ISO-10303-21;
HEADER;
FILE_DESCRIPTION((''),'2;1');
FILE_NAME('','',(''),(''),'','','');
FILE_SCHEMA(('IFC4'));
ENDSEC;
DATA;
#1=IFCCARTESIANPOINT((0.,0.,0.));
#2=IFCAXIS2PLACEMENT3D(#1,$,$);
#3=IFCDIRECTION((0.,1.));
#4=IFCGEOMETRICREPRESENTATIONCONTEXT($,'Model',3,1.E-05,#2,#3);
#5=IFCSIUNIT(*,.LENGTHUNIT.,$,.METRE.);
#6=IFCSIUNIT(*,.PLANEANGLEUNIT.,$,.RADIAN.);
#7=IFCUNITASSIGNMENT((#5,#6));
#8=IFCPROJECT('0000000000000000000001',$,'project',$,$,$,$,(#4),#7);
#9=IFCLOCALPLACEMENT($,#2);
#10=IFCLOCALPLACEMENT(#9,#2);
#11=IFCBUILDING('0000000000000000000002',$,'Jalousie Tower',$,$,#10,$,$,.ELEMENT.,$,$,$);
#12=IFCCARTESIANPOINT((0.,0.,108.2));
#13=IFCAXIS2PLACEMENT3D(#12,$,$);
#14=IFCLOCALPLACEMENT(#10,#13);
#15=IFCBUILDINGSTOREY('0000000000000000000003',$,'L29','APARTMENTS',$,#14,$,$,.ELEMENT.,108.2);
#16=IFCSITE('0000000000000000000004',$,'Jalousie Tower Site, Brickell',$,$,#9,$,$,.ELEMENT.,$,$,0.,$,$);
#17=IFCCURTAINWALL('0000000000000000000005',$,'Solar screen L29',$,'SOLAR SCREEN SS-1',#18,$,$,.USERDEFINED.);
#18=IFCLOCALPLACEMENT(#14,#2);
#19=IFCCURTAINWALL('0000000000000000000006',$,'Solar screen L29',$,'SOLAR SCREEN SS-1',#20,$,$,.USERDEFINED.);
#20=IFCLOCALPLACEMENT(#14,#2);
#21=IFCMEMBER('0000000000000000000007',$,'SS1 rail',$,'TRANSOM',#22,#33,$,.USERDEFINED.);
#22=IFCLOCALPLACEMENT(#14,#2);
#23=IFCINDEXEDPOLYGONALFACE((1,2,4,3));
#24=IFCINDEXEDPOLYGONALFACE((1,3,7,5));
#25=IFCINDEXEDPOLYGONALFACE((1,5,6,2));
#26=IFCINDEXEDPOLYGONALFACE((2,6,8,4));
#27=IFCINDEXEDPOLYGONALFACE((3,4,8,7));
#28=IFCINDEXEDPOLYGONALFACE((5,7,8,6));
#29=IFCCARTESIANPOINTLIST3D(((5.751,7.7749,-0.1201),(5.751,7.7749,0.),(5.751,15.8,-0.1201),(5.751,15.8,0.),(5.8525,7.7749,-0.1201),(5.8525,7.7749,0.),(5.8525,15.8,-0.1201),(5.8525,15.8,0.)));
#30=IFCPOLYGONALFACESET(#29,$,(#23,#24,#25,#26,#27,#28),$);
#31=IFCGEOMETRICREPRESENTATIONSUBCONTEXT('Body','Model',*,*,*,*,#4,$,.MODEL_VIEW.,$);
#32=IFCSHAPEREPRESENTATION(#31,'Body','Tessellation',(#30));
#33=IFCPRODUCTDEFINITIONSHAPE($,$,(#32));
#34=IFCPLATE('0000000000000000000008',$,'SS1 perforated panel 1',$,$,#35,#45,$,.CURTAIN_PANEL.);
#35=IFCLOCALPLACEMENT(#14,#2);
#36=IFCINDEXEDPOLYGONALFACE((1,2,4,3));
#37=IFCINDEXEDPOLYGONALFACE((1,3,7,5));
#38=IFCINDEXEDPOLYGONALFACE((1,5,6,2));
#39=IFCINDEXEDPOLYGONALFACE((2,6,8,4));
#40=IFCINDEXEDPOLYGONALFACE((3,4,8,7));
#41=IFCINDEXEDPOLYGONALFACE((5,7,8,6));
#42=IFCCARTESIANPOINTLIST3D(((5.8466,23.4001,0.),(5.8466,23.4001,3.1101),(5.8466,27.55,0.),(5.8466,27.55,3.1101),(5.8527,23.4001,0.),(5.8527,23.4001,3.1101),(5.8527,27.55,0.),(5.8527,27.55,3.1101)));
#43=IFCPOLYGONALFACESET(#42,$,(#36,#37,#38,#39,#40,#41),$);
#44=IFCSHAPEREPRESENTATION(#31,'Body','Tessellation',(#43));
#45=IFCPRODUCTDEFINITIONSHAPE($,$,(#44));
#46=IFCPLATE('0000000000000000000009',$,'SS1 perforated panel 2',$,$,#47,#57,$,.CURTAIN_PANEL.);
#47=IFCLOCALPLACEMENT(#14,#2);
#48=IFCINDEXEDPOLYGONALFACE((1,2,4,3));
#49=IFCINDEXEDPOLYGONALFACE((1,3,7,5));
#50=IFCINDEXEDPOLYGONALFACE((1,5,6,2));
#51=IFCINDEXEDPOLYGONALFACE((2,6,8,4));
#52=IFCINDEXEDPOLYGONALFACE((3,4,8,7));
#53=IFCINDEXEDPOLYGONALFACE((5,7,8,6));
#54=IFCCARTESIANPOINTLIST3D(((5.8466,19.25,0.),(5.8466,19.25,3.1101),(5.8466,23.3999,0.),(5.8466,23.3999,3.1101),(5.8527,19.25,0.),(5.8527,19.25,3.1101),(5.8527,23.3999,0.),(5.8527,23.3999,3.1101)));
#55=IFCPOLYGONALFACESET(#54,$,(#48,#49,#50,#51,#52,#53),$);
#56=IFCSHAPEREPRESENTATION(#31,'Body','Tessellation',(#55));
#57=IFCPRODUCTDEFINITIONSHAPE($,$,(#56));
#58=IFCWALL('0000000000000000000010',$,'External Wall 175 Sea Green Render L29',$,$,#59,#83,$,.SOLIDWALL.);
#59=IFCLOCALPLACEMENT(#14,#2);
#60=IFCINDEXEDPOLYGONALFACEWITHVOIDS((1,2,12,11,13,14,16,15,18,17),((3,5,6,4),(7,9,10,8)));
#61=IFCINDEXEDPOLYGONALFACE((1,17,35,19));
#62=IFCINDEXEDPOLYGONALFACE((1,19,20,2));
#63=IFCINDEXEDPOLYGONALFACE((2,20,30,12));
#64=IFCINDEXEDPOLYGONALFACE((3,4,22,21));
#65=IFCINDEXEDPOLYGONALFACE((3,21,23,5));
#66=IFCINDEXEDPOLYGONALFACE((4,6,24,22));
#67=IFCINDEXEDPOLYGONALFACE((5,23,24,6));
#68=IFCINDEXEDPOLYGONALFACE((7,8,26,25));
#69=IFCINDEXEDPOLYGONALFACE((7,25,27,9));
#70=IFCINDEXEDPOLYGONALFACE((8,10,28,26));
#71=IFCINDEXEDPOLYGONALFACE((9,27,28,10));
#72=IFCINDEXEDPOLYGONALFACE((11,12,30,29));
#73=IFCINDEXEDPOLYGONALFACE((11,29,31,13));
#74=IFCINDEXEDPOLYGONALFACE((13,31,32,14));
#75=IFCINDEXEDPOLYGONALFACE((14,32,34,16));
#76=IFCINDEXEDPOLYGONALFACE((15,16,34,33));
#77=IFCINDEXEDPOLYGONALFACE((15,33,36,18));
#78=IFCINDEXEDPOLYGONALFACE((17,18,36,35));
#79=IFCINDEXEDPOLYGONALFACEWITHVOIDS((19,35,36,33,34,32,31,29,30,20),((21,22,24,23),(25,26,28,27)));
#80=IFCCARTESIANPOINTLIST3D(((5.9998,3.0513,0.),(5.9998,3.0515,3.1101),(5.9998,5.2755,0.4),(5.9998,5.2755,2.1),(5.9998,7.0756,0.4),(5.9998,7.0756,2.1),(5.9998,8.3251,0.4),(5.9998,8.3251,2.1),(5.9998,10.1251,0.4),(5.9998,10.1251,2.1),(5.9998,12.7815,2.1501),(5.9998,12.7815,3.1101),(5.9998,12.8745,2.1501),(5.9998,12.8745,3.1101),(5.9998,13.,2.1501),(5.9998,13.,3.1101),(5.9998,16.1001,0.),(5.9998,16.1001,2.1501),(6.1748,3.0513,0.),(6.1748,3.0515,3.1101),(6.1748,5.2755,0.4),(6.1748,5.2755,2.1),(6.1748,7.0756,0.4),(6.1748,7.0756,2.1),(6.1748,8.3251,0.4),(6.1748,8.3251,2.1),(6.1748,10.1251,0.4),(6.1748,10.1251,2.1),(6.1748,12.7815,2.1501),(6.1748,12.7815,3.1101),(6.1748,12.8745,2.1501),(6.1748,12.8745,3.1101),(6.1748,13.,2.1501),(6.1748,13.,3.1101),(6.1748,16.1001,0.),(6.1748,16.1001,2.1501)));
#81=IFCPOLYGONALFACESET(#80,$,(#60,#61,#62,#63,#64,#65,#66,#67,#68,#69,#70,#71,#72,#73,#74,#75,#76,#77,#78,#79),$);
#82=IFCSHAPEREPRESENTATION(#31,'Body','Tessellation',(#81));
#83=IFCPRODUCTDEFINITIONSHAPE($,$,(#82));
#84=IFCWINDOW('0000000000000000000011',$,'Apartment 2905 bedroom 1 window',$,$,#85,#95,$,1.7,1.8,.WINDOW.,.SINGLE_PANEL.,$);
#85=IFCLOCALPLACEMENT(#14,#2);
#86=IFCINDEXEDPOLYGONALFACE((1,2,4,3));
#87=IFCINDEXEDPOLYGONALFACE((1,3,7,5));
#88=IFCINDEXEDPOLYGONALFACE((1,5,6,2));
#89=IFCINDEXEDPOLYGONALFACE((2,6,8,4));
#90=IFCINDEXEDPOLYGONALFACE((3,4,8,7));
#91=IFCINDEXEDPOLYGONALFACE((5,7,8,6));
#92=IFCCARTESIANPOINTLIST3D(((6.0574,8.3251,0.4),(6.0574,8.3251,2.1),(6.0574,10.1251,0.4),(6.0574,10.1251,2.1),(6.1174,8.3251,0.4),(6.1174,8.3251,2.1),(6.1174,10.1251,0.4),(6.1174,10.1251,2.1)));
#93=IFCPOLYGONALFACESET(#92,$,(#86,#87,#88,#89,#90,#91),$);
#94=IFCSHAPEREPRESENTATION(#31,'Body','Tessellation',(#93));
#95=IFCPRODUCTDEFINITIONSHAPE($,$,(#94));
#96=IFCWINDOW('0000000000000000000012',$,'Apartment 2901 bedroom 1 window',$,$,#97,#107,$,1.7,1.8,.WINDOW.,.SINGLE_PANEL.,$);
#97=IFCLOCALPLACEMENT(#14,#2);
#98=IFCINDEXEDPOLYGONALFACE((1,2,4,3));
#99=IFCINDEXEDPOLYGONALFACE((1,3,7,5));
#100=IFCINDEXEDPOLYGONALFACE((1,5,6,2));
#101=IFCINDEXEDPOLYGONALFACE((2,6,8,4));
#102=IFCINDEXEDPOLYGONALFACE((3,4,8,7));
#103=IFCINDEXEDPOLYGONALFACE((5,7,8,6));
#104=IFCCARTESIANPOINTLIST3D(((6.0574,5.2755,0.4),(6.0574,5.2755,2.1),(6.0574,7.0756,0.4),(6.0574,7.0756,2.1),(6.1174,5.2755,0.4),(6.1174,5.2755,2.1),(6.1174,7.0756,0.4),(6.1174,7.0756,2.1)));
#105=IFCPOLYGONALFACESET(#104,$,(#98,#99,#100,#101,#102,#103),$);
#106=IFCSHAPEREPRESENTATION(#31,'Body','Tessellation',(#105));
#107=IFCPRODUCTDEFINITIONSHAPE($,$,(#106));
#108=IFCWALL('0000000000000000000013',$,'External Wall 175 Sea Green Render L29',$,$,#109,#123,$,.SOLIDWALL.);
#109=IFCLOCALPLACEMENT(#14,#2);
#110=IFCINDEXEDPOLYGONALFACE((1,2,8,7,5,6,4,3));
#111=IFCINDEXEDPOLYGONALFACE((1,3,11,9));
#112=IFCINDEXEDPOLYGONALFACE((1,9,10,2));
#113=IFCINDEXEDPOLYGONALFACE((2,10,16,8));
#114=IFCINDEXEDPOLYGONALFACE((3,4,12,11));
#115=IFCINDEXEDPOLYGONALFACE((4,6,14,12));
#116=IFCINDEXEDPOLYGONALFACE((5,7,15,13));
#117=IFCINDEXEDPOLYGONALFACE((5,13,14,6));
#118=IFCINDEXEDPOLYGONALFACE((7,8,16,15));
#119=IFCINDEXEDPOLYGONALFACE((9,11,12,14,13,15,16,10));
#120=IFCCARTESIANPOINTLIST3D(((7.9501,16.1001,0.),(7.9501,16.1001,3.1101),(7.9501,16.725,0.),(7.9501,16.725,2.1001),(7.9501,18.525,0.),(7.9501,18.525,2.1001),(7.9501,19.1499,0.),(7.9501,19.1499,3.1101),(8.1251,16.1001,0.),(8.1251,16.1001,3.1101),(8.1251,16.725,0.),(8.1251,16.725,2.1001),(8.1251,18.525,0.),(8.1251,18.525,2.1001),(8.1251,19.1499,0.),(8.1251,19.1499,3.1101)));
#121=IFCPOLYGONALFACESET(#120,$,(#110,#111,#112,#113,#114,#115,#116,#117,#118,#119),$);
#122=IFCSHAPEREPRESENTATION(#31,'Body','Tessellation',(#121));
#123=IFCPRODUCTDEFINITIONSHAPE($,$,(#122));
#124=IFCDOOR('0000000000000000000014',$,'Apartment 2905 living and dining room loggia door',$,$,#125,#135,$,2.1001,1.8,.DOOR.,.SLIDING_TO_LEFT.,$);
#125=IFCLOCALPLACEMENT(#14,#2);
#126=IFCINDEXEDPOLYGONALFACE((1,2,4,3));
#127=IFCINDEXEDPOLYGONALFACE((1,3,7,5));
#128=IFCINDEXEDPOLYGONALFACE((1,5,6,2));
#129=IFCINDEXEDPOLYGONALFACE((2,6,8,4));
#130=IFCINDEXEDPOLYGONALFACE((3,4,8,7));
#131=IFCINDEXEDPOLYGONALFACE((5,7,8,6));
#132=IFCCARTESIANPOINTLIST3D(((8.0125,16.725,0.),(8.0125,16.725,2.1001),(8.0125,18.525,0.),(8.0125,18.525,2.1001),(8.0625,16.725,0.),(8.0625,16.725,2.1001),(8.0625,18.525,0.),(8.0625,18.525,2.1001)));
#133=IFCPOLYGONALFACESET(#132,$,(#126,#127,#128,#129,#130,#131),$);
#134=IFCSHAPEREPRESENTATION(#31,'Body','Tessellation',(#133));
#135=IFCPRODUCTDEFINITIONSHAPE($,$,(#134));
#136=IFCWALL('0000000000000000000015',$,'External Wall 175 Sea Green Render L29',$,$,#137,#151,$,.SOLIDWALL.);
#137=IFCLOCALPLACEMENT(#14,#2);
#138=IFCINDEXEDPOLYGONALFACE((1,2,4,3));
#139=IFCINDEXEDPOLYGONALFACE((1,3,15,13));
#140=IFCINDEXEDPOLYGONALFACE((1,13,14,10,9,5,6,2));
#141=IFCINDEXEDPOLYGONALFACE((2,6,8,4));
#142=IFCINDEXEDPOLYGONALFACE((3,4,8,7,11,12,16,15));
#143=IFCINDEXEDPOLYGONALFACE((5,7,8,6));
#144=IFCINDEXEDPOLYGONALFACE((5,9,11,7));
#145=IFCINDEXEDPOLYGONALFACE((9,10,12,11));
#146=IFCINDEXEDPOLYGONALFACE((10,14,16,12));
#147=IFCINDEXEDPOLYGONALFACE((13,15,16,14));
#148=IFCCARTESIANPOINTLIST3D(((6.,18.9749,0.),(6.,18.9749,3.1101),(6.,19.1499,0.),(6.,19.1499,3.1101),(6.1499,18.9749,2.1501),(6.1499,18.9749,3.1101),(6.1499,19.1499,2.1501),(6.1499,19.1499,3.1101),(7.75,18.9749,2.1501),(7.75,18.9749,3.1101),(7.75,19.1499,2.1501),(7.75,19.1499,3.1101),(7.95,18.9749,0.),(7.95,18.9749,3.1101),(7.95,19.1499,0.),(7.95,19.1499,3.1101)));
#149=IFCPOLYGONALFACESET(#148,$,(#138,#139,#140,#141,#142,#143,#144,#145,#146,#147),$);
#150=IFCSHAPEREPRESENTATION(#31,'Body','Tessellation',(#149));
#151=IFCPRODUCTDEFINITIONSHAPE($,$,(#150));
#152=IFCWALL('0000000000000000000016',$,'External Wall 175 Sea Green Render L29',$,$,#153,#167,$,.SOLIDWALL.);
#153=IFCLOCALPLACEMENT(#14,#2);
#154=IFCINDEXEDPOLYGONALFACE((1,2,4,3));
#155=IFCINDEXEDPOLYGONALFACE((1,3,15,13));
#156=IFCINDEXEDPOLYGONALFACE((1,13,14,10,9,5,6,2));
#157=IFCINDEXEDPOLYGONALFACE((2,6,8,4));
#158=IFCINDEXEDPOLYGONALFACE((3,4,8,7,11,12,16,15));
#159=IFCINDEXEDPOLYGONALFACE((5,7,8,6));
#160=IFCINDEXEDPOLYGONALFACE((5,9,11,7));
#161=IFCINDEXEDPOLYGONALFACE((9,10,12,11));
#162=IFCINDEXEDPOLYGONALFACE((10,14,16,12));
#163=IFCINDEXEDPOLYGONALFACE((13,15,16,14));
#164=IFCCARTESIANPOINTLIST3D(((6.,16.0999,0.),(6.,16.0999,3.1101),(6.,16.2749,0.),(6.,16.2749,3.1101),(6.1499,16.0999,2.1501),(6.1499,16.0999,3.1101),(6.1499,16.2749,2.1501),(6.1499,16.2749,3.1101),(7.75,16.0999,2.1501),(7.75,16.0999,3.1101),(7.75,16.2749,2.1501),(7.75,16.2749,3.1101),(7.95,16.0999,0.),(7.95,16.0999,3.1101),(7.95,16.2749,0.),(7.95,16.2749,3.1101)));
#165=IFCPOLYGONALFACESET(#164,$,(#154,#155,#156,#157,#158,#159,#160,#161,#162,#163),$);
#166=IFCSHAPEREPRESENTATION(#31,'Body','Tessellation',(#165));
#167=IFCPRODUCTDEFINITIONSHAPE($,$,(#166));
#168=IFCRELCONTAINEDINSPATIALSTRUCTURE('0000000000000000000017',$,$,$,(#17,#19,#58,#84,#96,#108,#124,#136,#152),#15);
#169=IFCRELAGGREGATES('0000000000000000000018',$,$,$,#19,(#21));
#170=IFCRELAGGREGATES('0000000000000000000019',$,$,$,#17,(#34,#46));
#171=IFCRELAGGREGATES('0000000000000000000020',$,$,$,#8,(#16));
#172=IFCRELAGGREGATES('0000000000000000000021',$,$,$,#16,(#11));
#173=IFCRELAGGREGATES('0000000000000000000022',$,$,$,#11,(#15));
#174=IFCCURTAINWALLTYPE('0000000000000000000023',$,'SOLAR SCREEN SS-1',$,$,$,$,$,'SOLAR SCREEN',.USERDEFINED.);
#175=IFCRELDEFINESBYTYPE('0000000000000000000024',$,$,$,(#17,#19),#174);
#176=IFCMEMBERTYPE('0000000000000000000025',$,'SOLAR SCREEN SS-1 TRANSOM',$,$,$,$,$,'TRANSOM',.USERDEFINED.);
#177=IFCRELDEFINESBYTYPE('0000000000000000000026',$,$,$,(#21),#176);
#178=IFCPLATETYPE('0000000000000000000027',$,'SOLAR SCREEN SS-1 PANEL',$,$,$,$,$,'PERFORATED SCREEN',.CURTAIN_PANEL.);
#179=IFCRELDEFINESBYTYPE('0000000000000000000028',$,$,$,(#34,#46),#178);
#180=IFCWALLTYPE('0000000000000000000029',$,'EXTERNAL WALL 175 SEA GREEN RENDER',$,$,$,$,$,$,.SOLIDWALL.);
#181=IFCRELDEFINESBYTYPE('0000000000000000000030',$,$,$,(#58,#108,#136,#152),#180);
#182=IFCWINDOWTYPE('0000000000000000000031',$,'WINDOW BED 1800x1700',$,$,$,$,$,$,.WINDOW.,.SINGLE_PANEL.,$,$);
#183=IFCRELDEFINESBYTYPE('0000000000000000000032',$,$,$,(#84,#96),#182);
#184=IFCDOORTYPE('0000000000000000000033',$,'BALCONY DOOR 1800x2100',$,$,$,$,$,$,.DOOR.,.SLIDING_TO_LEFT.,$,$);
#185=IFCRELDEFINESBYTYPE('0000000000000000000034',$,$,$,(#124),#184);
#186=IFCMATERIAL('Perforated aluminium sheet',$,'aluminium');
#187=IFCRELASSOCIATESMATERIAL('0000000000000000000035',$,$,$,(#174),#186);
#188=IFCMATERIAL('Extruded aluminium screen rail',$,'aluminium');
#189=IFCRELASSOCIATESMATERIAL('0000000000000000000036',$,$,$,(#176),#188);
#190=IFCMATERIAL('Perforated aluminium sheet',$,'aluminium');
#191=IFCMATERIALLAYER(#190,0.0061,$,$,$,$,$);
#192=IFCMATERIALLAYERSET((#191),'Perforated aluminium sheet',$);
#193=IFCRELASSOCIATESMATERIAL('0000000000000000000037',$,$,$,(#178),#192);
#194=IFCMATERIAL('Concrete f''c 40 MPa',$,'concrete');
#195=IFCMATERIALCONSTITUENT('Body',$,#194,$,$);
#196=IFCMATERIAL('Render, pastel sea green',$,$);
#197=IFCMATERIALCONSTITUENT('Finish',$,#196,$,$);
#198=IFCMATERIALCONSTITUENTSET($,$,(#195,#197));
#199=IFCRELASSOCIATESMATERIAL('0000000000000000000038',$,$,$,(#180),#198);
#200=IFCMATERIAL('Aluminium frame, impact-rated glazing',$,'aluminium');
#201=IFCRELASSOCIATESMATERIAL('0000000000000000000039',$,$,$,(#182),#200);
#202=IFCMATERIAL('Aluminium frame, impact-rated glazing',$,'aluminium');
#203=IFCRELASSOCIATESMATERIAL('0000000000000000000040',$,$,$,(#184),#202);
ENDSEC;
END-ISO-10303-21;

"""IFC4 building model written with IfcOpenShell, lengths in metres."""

from ifc_helpers import new_model, si_unit, direction, frame, frame_2d, origin, origin_2d, place, context, subcontext, project, spatial, polyline, rectangle, outline, extrude, material, layer, layer_set, constituent, constituent_set, material_profile, profile_set, type_object, element, fill, aggregate, save


model = new_model("IFC4")

# Units and contexts
model_context = context("Model", 3, precision=1e-05, world=origin(), true_north=direction((0.0, 1.0)))
body_context = subcontext(model_context, "Body", "Model", "MODEL_VIEW")
ifc_project = project(units=[si_unit("LENGTHUNIT", "METRE"), si_unit("PLANEANGLEUNIT", "RADIAN")], contexts=[model_context])

# Site, building, storey
site_placement = place(None, origin())
site = spatial("IfcSite", under=ifc_project, at=site_placement, Name="Jalousie Tower Site, Brickell", CompositionType="ELEMENT", RefElevation=0.0)
building_placement = place(site_placement, origin())
building = spatial("IfcBuilding", under=site, at=building_placement, Name="Jalousie Tower", CompositionType="ELEMENT")
storey_placement = place(building_placement, frame((0.0, 0.0, 108.2)))
storey = spatial("IfcBuildingStorey", under=building, at=storey_placement, Name="L29", Description="APARTMENTS", CompositionType="ELEMENT", Elevation=108.2)

# Curtain wall
ifc_material_1 = material(Name="Perforated aluminium sheet", Category="aluminium")
curtain_wall_type = type_object("IfcCurtainWallType", Name="SOLAR SCREEN SS-1", ElementType="SOLAR SCREEN", PredefinedType="USERDEFINED", material=ifc_material_1)
curtain_wall_1_placement = place(storey_placement, origin())
curtain_wall_1 = element("IfcCurtainWall", 1, at=curtain_wall_1_placement, inside=storey, type_object=curtain_wall_type, Name="Solar screen L29", ObjectType="SOLAR SCREEN SS-1", PredefinedType="USERDEFINED")

# Curtain wall
curtain_wall_2_placement = place(storey_placement, origin())
curtain_wall_2 = element("IfcCurtainWall", 2, at=curtain_wall_2_placement, inside=storey, type_object=curtain_wall_type, Name="Solar screen L29", ObjectType="SOLAR SCREEN SS-1", PredefinedType="USERDEFINED")

# Member
ifc_material_2 = material(Name="Extruded aluminium screen rail", Category="aluminium")
ifc_material_profile_1 = material_profile(ifc_material_2, rectangle(XDim=0.1016, YDim=0.1201, at=origin_2d()), Name="RAIL 102x120")
ifc_profile_set_1 = profile_set([ifc_material_profile_1], Name="Extruded aluminium screen rail")
member_type_1 = type_object("IfcMemberType", Name="SOLAR SCREEN SS-1 TRANSOM", ElementType="TRANSOM", PredefinedType="USERDEFINED", material=ifc_profile_set_1)
member_1_placement = place(storey_placement, frame((5.8018, 15.8, -0.0601), z_axis=(0.0, -1.0, 0.0), x_axis=(1.0, 0.0, 0.0)))
member_1 = element("IfcMember", 3, at=member_1_placement, type_object=member_type_1, Name="SS1 rail", ObjectType="TRANSOM", PredefinedType="USERDEFINED", context=body_context, shape_type="SweptSolid", body=[
    extrude(rectangle(XDim=0.1016, YDim=0.1201, at=origin_2d()), origin(), (0.0, 0.0, 1.0), 8.0251),
])
aggregate(curtain_wall_2, [member_1])

# Plates
ifc_material_3 = material(Name="Perforated aluminium sheet", Category="aluminium")
ifc_layer_1 = layer(ifc_material_3, 0.0061)
ifc_layer_set_1 = layer_set([ifc_layer_1], Name="Perforated aluminium sheet")
plate_type = type_object("IfcPlateType", Name="SOLAR SCREEN SS-1 PANEL", ElementType="PERFORATED SCREEN", PredefinedType="CURTAIN_PANEL", material=ifc_layer_set_1)
plate_1_placement = place(storey_placement, frame((5.8496, 25.4751, 0.0), z_axis=(0.0, 0.0, 1.0), x_axis=(0.0, -1.0, 0.0)))
plate_1 = element("IfcPlate", 4, at=plate_1_placement, type_object=plate_type, Name="SS1 perforated panel 1", PredefinedType="CURTAIN_PANEL", context=body_context, shape_type="SweptSolid", body=[
    extrude(rectangle(XDim=4.1499, YDim=0.0061, at=origin_2d()), origin(), (0.0, 0.0, 1.0), 3.1101),
])
plate_2_placement = place(storey_placement, frame((5.8496, 21.325, 0.0), z_axis=(0.0, 0.0, 1.0), x_axis=(0.0, -1.0, 0.0)))
plate_2 = element("IfcPlate", 5, at=plate_2_placement, type_object=plate_type, Name="SS1 perforated panel 2", PredefinedType="CURTAIN_PANEL", context=body_context, shape_type="SweptSolid", body=[
    extrude(rectangle(XDim=4.1499, YDim=0.0061, at=origin_2d()), origin(), (0.0, 0.0, 1.0), 3.1101),
])
aggregate(curtain_wall_1, [plate_1, plate_2])

# Wall, openings, windows
ifc_material_4 = material(Name="Concrete f'c 40 MPa", Category="concrete")
ifc_constituent_1 = constituent(ifc_material_4, Name="Body")
ifc_material_5 = material(Name="Render, pastel sea green")
ifc_constituent_2 = constituent(ifc_material_5, Name="Finish")
ifc_constituent_set_1 = constituent_set(constituents=[ifc_constituent_1, ifc_constituent_2])
wall_type_1 = type_object("IfcWallType", Name="EXTERNAL WALL 175 SEA GREEN RENDER", PredefinedType="SOLIDWALL", material=ifc_constituent_set_1)
wall_1_placement = place(storey_placement, frame((6.0874, 16.1001, 0.0), z_axis=(0.0, 0.0, 1.0), x_axis=(0.0, -1.0, 0.0)))
wall_1 = element("IfcWall", 6, at=wall_1_placement, inside=storey, type_object=wall_type_1, Name="External Wall 175 Sea Green Render L29", PredefinedType="SOLIDWALL", context=body_context, shape_type="SweptSolid", body=[
    extrude(outline(polyline([(0.0, 0.0), (13.0488, 0.0), (13.0486, 3.1101), (3.3186, 3.1101), (3.3186, 2.1501), (3.2256, 2.1501), (3.2256, 3.1101), (3.1001, 3.1101), (3.1001, 2.1501), (0.0, 2.1501), (0.0, 0.0)])), frame((0.0, 0.0874, 0.0), z_axis=(0.0, -1.0, 0.0), x_axis=(1.0, 0.0, 0.0)), (0.0, 0.0, 1.0), 0.175),
])
opening_1_placement = place(wall_1_placement, frame((5.9751, 0.0, 0.3999)))
opening_1 = element("IfcOpeningElement", 7, at=opening_1_placement, cuts=wall_1, PredefinedType="OPENING", context=body_context, shape_type="SweptSolid", body=[
    extrude(rectangle(XDim=1.8, YDim=1.7, at=frame_2d((0.8999, 0.8501))), frame((0.0, 0.0974, 0.0), z_axis=(0.0, -1.0, 0.0), x_axis=(1.0, 0.0, 0.0)), (0.0, 0.0, 1.0), 0.1951),
])
opening_2_placement = place(wall_1_placement, frame((9.0247, 0.0, 0.3999)))
opening_2 = element("IfcOpeningElement", 8, at=opening_2_placement, cuts=wall_1, PredefinedType="OPENING", context=body_context, shape_type="SweptSolid", body=[
    extrude(rectangle(XDim=1.8, YDim=1.7, at=frame_2d((0.8999, 0.8501))), frame((0.0, 0.0974, 0.0), z_axis=(0.0, -1.0, 0.0), x_axis=(1.0, 0.0, 0.0)), (0.0, 0.0, 1.0), 0.1951),
])
ifc_material_6 = material(Name="Aluminium frame, impact-rated glazing", Category="aluminium")
window_type = type_object("IfcWindowType", Name="WINDOW BED 1800x1700", PartitioningType="SINGLE_PANEL", PredefinedType="WINDOW", material=ifc_material_6)
window_1_placement = place(opening_1_placement, origin())
window_1 = element("IfcWindow", 9, at=window_1_placement, inside=storey, type_object=window_type, Name="Apartment 2905 bedroom 1 window", OverallHeight=1.7, OverallWidth=1.8, PartitioningType="SINGLE_PANEL", PredefinedType="WINDOW", context=body_context, shape_type="SweptSolid", body=[
    extrude(rectangle(XDim=1.8, YDim=1.7, at=frame_2d((0.8999, 0.8501))), frame((0.0, 0.03, 0.0), z_axis=(0.0, -1.0, 0.0), x_axis=(1.0, 0.0, 0.0)), (0.0, 0.0, 1.0), 0.0601),
])
fill(opening_1, window_1)
window_2_placement = place(opening_2_placement, origin())
window_2 = element("IfcWindow", 10, at=window_2_placement, inside=storey, type_object=window_type, Name="Apartment 2901 bedroom 1 window", OverallHeight=1.7, OverallWidth=1.8, PartitioningType="SINGLE_PANEL", PredefinedType="WINDOW", context=body_context, shape_type="SweptSolid", body=[
    extrude(rectangle(XDim=1.8, YDim=1.7, at=frame_2d((0.8999, 0.8501))), frame((0.0, 0.03, 0.0), z_axis=(0.0, -1.0, 0.0), x_axis=(1.0, 0.0, 0.0)), (0.0, 0.0, 1.0), 0.0601),
])
fill(opening_2, window_2)

# Wall, opening, door
wall_2_placement = place(storey_placement, frame((8.0376, 19.1499, 0.0), z_axis=(0.0, 0.0, 1.0), x_axis=(0.0, -1.0, 0.0)))
wall_2 = element("IfcWall", 11, at=wall_2_placement, inside=storey, type_object=wall_type_1, Name="External Wall 175 Sea Green Render L29", PredefinedType="SOLIDWALL", context=body_context, shape_type="SweptSolid", body=[
    extrude(rectangle(XDim=3.0498, YDim=0.175, at=frame_2d((1.5249, 0.0))), origin(), (0.0, 0.0, 1.0), 3.1101),
])
opening_3_placement = place(wall_2_placement, frame((0.625, 0.0, 0.0)))
opening_3 = element("IfcOpeningElement", 12, at=opening_3_placement, cuts=wall_2, PredefinedType="OPENING", context=body_context, shape_type="SweptSolid", body=[
    extrude(rectangle(XDim=1.8, YDim=2.1001, at=frame_2d((0.8999, 1.05))), frame((0.0, 0.0974, 0.0), z_axis=(0.0, -1.0, 0.0), x_axis=(1.0, 0.0, 0.0)), (0.0, 0.0, 1.0), 0.1951),
])
ifc_material_7 = material(Name="Aluminium frame, impact-rated glazing", Category="aluminium")
door_type_1 = type_object("IfcDoorType", Name="BALCONY DOOR 1800x2100", OperationType="SLIDING_TO_LEFT", PredefinedType="DOOR", material=ifc_material_7)
door_1_placement = place(opening_3_placement, origin())
door_1 = element("IfcDoor", 13, at=door_1_placement, inside=storey, type_object=door_type_1, Name="Apartment 2905 living and dining room loggia door", OperationType="SLIDING_TO_LEFT", OverallHeight=2.1001, OverallWidth=1.8, PredefinedType="DOOR", context=body_context, shape_type="SweptSolid", body=[
    extrude(rectangle(XDim=1.8, YDim=2.1001, at=frame_2d((0.8999, 1.05))), frame((0.0, 0.0249, 0.0), z_axis=(0.0, -1.0, 0.0), x_axis=(1.0, 0.0, 0.0)), (0.0, 0.0, 1.0), 0.05),
])
fill(opening_3, door_1)

# Walls
for number, where, z_axis, x_axis, name in (
    (14, (6.0, 19.0625, 0.0), (0.0, 0.0, 1.0), (1.0, 0.0, 0.0), "External Wall 175 Sea Green Render L29"),
    (15, (6.0, 16.1875, 0.0), (0.0, 0.0, 1.0), (1.0, 0.0, 0.0), "External Wall 175 Sea Green Render L29"),
):
    element("IfcWall", number, at=place(storey_placement, frame(where, z_axis=z_axis, x_axis=x_axis)), inside=storey, type_object=wall_type_1, Name=name, PredefinedType="SOLIDWALL", context=body_context, shape_type="SweptSolid", body=[
        extrude(outline(polyline([(0.0, 0.0), (1.95, 0.0), (1.95, 3.1101), (1.75, 3.1101), (1.75, 2.1501), (0.1499, 2.1501), (0.1499, 3.1101), (0.0, 3.1101), (0.0, 0.0)])), frame((0.0, 0.0874, 0.0), z_axis=(0.0, -1.0, 0.0), x_axis=(1.0, 0.0, 0.0)), (0.0, 0.0, 1.0), 0.175),
    ])

save(model, "model.ifc")
